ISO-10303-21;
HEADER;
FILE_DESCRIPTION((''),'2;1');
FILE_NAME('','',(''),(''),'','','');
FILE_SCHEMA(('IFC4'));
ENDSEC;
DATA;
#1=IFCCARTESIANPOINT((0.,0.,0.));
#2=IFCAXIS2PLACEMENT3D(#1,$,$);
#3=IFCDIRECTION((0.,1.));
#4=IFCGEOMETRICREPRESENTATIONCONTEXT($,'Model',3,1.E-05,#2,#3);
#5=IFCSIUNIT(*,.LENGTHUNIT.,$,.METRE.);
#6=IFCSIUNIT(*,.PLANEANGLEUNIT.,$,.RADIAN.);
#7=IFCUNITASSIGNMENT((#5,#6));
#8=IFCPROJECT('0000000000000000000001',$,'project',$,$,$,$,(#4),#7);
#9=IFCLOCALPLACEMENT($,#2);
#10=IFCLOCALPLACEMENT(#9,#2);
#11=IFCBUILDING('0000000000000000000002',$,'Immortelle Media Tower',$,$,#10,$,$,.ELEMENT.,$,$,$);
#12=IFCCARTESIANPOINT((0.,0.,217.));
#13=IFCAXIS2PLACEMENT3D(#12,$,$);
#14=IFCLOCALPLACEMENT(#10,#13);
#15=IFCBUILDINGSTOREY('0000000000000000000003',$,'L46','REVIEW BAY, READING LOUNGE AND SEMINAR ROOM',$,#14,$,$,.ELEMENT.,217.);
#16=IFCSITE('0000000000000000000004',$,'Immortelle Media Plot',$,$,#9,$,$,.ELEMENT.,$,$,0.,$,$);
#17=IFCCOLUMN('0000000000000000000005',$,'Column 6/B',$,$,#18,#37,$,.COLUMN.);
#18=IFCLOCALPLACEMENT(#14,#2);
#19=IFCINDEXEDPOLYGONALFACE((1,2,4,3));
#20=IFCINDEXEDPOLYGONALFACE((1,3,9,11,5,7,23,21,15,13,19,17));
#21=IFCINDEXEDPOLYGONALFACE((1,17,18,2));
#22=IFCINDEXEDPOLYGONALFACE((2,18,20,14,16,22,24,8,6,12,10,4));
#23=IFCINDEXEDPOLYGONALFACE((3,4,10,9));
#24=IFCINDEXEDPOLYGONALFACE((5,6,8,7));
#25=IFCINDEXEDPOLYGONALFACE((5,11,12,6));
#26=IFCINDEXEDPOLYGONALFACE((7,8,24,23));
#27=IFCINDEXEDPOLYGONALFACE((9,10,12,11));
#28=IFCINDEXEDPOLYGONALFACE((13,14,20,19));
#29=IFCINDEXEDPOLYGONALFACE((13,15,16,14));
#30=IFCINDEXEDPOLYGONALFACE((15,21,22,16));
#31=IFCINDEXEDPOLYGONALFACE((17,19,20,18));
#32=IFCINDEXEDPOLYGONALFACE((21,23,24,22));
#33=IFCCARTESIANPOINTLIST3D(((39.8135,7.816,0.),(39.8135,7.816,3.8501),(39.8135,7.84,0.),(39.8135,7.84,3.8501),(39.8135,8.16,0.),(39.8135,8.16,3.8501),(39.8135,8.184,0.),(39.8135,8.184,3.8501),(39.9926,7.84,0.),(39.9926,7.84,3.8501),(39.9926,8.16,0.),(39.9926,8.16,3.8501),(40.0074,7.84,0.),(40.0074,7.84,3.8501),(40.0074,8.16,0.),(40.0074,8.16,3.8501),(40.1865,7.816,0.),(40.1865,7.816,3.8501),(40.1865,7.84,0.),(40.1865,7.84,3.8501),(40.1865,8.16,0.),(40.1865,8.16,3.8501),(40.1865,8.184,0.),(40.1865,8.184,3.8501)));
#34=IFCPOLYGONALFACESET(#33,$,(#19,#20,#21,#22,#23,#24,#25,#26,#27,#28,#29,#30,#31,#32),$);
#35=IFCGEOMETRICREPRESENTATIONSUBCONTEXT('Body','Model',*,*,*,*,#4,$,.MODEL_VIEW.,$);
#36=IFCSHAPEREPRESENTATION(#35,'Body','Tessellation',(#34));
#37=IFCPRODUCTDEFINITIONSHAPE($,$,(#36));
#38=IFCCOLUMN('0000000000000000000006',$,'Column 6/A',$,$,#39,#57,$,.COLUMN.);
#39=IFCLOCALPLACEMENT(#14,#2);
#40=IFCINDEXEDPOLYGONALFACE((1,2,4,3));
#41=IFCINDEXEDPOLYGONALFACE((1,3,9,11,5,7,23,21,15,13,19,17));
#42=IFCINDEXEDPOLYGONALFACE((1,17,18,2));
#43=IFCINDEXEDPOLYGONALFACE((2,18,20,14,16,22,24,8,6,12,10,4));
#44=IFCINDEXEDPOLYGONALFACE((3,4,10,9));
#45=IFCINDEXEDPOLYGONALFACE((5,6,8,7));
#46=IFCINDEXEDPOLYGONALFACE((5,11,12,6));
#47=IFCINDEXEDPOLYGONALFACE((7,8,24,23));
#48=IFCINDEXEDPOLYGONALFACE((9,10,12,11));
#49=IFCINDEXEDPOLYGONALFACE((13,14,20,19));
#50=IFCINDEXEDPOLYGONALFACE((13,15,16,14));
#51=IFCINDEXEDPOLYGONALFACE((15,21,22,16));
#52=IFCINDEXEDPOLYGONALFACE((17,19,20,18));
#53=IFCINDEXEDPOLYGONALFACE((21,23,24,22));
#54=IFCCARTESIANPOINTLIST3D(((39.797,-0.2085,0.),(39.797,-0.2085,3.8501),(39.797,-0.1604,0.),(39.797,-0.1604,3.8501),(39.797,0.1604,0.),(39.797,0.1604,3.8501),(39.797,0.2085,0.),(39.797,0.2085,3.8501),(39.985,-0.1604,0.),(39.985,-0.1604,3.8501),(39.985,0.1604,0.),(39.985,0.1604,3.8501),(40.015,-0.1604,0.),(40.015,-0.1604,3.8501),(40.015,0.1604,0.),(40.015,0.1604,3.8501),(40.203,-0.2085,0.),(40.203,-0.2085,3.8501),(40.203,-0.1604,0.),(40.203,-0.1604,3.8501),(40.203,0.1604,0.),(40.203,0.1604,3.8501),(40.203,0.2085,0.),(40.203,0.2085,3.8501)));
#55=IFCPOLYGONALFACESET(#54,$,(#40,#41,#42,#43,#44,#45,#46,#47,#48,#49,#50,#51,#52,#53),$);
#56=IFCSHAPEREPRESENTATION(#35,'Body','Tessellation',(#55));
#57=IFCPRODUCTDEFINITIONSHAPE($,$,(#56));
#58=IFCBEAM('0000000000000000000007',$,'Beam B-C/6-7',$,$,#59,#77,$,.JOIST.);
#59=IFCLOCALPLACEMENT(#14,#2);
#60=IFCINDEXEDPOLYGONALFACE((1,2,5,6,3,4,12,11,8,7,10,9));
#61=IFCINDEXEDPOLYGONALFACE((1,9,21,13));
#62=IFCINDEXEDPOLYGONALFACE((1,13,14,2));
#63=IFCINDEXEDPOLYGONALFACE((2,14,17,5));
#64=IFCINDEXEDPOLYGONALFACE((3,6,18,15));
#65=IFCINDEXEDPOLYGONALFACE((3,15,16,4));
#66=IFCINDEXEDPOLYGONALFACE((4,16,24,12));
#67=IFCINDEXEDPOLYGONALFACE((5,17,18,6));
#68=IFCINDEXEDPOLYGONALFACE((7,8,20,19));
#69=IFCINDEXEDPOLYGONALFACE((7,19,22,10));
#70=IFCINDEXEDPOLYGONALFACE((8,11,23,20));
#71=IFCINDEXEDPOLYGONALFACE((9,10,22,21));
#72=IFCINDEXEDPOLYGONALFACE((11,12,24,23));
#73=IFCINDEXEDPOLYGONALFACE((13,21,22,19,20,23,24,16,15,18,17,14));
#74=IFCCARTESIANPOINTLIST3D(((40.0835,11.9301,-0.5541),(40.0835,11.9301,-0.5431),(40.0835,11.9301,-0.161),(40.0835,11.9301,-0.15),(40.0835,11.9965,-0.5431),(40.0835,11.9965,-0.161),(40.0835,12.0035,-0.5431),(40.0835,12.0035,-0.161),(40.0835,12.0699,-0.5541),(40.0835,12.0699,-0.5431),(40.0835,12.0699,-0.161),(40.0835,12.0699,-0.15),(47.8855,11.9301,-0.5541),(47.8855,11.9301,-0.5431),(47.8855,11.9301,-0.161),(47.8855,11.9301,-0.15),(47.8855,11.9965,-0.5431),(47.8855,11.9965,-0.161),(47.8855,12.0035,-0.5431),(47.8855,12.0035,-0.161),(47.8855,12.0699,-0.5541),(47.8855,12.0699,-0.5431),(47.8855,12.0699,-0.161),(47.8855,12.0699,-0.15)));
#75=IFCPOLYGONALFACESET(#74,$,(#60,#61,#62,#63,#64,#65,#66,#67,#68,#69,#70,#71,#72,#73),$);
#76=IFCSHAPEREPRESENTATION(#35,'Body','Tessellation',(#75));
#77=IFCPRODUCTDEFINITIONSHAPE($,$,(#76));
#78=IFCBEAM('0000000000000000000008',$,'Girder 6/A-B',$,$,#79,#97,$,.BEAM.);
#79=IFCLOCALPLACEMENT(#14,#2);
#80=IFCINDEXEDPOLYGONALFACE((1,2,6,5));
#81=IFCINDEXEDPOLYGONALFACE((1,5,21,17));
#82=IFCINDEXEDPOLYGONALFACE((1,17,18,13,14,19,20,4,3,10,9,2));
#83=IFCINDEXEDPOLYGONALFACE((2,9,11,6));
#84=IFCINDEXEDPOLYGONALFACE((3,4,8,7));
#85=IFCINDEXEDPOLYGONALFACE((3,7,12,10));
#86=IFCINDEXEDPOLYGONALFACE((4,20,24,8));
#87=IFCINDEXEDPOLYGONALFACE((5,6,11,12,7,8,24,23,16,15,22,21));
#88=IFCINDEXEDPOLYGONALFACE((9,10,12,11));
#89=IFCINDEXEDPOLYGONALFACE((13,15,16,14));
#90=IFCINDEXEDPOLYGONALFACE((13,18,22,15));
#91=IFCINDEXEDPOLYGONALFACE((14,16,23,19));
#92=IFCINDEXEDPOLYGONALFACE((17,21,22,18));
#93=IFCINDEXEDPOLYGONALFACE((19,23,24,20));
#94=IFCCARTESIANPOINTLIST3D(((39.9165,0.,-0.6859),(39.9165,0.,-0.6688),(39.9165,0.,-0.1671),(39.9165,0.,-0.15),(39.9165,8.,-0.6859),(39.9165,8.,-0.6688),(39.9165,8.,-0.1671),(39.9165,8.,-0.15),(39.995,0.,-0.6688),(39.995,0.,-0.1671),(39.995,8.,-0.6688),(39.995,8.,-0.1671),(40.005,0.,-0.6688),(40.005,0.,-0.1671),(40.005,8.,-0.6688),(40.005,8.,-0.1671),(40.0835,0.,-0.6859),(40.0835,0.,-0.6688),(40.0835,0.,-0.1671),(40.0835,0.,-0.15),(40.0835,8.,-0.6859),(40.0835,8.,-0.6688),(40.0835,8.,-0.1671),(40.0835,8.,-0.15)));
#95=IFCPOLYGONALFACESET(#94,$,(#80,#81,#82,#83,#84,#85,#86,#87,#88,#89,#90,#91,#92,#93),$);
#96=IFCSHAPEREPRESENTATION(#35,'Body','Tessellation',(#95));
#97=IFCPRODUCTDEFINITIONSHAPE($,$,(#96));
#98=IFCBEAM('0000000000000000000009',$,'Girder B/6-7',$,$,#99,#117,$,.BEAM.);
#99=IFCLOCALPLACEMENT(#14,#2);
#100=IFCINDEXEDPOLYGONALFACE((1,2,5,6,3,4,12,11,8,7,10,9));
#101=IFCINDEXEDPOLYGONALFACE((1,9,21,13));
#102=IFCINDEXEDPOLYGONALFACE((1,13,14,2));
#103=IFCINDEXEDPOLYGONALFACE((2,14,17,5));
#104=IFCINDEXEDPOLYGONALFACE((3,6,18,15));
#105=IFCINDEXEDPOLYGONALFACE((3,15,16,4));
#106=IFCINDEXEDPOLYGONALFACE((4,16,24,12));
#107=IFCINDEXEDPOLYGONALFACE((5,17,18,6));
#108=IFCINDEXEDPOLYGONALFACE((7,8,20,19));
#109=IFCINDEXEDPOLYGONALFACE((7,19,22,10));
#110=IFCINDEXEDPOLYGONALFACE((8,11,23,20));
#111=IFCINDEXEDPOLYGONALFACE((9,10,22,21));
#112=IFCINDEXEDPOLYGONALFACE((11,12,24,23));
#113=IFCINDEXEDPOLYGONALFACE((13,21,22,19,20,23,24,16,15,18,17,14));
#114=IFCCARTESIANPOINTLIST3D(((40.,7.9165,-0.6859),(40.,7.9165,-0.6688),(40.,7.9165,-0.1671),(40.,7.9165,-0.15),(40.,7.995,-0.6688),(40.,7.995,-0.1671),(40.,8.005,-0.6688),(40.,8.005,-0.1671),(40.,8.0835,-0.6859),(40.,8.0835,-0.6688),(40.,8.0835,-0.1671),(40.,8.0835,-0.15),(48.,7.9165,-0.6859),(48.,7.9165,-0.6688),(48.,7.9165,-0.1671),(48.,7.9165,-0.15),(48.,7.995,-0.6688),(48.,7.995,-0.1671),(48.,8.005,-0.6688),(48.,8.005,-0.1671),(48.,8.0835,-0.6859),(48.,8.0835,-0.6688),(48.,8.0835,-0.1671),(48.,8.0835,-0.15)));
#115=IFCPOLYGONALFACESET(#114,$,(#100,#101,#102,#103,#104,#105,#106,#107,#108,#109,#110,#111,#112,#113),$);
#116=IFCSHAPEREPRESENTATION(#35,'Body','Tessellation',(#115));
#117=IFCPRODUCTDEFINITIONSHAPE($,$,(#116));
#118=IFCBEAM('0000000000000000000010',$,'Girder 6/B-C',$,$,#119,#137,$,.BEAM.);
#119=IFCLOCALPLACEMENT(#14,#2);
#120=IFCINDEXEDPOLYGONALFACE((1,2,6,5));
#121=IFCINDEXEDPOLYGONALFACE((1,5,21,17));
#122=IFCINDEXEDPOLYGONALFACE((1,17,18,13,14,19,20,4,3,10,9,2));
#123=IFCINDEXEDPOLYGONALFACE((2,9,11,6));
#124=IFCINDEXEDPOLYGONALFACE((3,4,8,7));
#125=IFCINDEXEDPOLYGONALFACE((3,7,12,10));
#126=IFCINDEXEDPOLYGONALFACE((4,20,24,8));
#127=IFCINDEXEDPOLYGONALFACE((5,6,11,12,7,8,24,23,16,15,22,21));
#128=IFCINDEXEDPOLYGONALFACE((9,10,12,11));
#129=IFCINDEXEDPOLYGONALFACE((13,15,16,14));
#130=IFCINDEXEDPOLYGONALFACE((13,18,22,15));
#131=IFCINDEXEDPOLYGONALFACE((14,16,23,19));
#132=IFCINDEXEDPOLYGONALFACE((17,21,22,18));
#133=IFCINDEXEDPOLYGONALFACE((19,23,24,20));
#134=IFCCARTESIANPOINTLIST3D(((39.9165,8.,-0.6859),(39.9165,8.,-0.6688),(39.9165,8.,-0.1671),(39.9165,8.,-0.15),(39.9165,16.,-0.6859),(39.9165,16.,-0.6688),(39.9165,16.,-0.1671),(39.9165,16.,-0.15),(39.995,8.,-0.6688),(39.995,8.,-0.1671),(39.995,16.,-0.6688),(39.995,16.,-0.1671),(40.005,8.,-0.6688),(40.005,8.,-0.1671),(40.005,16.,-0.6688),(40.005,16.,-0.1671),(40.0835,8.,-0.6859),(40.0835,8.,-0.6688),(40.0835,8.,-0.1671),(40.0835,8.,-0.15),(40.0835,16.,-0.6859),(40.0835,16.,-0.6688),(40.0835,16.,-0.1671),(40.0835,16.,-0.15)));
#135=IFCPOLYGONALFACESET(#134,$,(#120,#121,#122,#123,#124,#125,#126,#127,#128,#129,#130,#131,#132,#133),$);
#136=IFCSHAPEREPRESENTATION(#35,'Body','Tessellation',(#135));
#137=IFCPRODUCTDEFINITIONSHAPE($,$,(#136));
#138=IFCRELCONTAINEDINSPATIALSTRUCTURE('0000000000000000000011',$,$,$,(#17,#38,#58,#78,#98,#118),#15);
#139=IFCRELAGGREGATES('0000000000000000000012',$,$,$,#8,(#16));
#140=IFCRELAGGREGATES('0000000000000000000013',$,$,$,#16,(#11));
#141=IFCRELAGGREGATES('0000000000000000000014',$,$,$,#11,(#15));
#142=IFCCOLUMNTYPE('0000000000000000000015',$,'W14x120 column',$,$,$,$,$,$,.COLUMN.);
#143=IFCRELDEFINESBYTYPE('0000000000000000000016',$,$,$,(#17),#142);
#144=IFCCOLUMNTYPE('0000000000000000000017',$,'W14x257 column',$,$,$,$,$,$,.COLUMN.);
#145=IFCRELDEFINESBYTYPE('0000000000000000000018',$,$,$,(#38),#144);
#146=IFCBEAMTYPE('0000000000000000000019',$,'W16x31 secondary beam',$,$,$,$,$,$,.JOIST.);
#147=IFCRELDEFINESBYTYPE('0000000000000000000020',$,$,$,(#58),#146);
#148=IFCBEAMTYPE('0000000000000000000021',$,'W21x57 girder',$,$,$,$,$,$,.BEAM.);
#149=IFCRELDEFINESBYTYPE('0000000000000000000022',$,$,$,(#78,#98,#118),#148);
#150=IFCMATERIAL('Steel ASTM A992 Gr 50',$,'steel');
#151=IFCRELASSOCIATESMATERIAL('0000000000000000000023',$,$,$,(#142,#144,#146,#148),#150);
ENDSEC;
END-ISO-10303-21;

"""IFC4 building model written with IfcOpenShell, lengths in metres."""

from ifc_helpers import new_model, si_unit, direction, frame, origin, origin_2d, place, context, subcontext, project, spatial, i_section, extrude, material, material_profile, profile_set, type_object, element, save


model = new_model("IFC4")

# Units and contexts
model_context = context("Model", 3, precision=1e-05, world=origin(), true_north=direction((0.0, 1.0)))
body_context = subcontext(model_context, "Body", "Model", "MODEL_VIEW")
ifc_project = project(units=[si_unit("LENGTHUNIT", "METRE"), si_unit("PLANEANGLEUNIT", "RADIAN")], contexts=[model_context])

# Site, building, storey
site_placement = place(None, origin())
site = spatial("IfcSite", under=ifc_project, at=site_placement, Name="Immortelle Media Plot", CompositionType="ELEMENT", RefElevation=0.0)
building_placement = place(site_placement, origin())
building = spatial("IfcBuilding", under=site, at=building_placement, Name="Immortelle Media Tower", CompositionType="ELEMENT")
storey_placement = place(building_placement, frame((0.0, 0.0, 217.0)))
storey = spatial("IfcBuildingStorey", under=building, at=storey_placement, Name="L46", Description="REVIEW BAY, READING LOUNGE AND SEMINAR ROOM", CompositionType="ELEMENT", Elevation=217.0)

# Columns
ifc_material_1 = material(Name="Steel ASTM A992 Gr 50", Category="steel")
ifc_material_profile_1 = material_profile(ifc_material_1, i_section(OverallWidth=0.373, OverallDepth=0.3679, WebThickness=0.0149, FlangeThickness=0.0239, at=origin_2d()), Name="W14x120")
ifc_profile_set_1 = profile_set([ifc_material_profile_1], Name="Steel ASTM A992 Gr 50")
column_type_1 = type_object("IfcColumnType", Name="W14x120 column", PredefinedType="COLUMN", material=ifc_profile_set_1)
column_1_placement = place(storey_placement, frame((40.0, 8.0, 0.0), z_axis=(0.0, 0.0, 1.0), x_axis=(1.0, 0.0, 0.0)))
element("IfcColumn", 1, at=column_1_placement, inside=storey, type_object=column_type_1, Name="Column 6/B", PredefinedType="COLUMN", context=body_context, shape_type="SweptSolid", body=[
    extrude(i_section(OverallWidth=0.373, OverallDepth=0.3679, WebThickness=0.0149, FlangeThickness=0.0239, at=origin_2d()), origin(), (0.0, 0.0, 1.0), 3.8501),
])
ifc_material_profile_2 = material_profile(ifc_material_1, i_section(OverallWidth=0.406, OverallDepth=0.417, WebThickness=0.03, FlangeThickness=0.0481, at=origin_2d()), Name="W14x257")
ifc_profile_set_2 = profile_set([ifc_material_profile_2], Name="Steel ASTM A992 Gr 50")
column_type_2 = type_object("IfcColumnType", Name="W14x257 column", PredefinedType="COLUMN", material=ifc_profile_set_2)
column_2_placement = place(storey_placement, frame((40.0, 0.0, 0.0), z_axis=(0.0, 0.0, 1.0), x_axis=(1.0, 0.0, 0.0)))
element("IfcColumn", 2, at=column_2_placement, inside=storey, type_object=column_type_2, Name="Column 6/A", PredefinedType="COLUMN", context=body_context, shape_type="SweptSolid", body=[
    extrude(i_section(OverallWidth=0.406, OverallDepth=0.417, WebThickness=0.03, FlangeThickness=0.0481, at=origin_2d()), origin(), (0.0, 0.0, 1.0), 3.8501),
])

# Beams
ifc_material_profile_3 = material_profile(ifc_material_1, i_section(OverallWidth=0.1399, OverallDepth=0.4041, WebThickness=0.0071, FlangeThickness=0.011, at=origin_2d()), Name="W16x31")
ifc_profile_set_3 = profile_set([ifc_material_profile_3], Name="Steel ASTM A992 Gr 50")
beam_type_1 = type_object("IfcBeamType", Name="W16x31 secondary beam", PredefinedType="JOIST", material=ifc_profile_set_3)
beam_placement = place(storey_placement, frame((40.0835, 12.0, -0.3521), z_axis=(1.0, 0.0, 0.0), x_axis=(0.0, 1.0, 0.0)))
element("IfcBeam", 3, at=beam_placement, inside=storey, type_object=beam_type_1, Name="Beam B-C/6-7", PredefinedType="JOIST", context=body_context, shape_type="SweptSolid", body=[
    extrude(i_section(OverallWidth=0.1399, OverallDepth=0.4041, WebThickness=0.0071, FlangeThickness=0.011, at=origin_2d()), origin(), (0.0, 0.0, 1.0), 7.802),
])
ifc_material_profile_4 = material_profile(ifc_material_1, i_section(OverallWidth=0.167, OverallDepth=0.5359, WebThickness=0.01, FlangeThickness=0.0171, at=origin_2d()), Name="W21x57")
ifc_profile_set_4 = profile_set([ifc_material_profile_4], Name="Steel ASTM A992 Gr 50")
beam_type_2 = type_object("IfcBeamType", Name="W21x57 girder", PredefinedType="BEAM", material=ifc_profile_set_4)
for number, where, z_axis, x_axis, name in (
    (4, (40.0, 0.0, -0.418), (0.0, 1.0, 0.0), (-1.0, 0.0, 0.0), "Girder 6/A-B"),
    (5, (40.0, 8.0, -0.418), (1.0, 0.0, 0.0), (0.0, 1.0, 0.0), "Girder B/6-7"),
    (6, (40.0, 8.0, -0.418), (0.0, 1.0, 0.0), (-1.0, 0.0, 0.0), "Girder 6/B-C"),
):
    element("IfcBeam", number, at=place(storey_placement, frame(where, z_axis=z_axis, x_axis=x_axis)), inside=storey, type_object=beam_type_2, Name=name, PredefinedType="BEAM", context=body_context, shape_type="SweptSolid", body=[
        extrude(i_section(OverallWidth=0.167, OverallDepth=0.5359, WebThickness=0.01, FlangeThickness=0.0171, at=origin_2d()), origin(), (0.0, 0.0, 1.0), 8.0),
    ])

save(model, "model.ifc")
